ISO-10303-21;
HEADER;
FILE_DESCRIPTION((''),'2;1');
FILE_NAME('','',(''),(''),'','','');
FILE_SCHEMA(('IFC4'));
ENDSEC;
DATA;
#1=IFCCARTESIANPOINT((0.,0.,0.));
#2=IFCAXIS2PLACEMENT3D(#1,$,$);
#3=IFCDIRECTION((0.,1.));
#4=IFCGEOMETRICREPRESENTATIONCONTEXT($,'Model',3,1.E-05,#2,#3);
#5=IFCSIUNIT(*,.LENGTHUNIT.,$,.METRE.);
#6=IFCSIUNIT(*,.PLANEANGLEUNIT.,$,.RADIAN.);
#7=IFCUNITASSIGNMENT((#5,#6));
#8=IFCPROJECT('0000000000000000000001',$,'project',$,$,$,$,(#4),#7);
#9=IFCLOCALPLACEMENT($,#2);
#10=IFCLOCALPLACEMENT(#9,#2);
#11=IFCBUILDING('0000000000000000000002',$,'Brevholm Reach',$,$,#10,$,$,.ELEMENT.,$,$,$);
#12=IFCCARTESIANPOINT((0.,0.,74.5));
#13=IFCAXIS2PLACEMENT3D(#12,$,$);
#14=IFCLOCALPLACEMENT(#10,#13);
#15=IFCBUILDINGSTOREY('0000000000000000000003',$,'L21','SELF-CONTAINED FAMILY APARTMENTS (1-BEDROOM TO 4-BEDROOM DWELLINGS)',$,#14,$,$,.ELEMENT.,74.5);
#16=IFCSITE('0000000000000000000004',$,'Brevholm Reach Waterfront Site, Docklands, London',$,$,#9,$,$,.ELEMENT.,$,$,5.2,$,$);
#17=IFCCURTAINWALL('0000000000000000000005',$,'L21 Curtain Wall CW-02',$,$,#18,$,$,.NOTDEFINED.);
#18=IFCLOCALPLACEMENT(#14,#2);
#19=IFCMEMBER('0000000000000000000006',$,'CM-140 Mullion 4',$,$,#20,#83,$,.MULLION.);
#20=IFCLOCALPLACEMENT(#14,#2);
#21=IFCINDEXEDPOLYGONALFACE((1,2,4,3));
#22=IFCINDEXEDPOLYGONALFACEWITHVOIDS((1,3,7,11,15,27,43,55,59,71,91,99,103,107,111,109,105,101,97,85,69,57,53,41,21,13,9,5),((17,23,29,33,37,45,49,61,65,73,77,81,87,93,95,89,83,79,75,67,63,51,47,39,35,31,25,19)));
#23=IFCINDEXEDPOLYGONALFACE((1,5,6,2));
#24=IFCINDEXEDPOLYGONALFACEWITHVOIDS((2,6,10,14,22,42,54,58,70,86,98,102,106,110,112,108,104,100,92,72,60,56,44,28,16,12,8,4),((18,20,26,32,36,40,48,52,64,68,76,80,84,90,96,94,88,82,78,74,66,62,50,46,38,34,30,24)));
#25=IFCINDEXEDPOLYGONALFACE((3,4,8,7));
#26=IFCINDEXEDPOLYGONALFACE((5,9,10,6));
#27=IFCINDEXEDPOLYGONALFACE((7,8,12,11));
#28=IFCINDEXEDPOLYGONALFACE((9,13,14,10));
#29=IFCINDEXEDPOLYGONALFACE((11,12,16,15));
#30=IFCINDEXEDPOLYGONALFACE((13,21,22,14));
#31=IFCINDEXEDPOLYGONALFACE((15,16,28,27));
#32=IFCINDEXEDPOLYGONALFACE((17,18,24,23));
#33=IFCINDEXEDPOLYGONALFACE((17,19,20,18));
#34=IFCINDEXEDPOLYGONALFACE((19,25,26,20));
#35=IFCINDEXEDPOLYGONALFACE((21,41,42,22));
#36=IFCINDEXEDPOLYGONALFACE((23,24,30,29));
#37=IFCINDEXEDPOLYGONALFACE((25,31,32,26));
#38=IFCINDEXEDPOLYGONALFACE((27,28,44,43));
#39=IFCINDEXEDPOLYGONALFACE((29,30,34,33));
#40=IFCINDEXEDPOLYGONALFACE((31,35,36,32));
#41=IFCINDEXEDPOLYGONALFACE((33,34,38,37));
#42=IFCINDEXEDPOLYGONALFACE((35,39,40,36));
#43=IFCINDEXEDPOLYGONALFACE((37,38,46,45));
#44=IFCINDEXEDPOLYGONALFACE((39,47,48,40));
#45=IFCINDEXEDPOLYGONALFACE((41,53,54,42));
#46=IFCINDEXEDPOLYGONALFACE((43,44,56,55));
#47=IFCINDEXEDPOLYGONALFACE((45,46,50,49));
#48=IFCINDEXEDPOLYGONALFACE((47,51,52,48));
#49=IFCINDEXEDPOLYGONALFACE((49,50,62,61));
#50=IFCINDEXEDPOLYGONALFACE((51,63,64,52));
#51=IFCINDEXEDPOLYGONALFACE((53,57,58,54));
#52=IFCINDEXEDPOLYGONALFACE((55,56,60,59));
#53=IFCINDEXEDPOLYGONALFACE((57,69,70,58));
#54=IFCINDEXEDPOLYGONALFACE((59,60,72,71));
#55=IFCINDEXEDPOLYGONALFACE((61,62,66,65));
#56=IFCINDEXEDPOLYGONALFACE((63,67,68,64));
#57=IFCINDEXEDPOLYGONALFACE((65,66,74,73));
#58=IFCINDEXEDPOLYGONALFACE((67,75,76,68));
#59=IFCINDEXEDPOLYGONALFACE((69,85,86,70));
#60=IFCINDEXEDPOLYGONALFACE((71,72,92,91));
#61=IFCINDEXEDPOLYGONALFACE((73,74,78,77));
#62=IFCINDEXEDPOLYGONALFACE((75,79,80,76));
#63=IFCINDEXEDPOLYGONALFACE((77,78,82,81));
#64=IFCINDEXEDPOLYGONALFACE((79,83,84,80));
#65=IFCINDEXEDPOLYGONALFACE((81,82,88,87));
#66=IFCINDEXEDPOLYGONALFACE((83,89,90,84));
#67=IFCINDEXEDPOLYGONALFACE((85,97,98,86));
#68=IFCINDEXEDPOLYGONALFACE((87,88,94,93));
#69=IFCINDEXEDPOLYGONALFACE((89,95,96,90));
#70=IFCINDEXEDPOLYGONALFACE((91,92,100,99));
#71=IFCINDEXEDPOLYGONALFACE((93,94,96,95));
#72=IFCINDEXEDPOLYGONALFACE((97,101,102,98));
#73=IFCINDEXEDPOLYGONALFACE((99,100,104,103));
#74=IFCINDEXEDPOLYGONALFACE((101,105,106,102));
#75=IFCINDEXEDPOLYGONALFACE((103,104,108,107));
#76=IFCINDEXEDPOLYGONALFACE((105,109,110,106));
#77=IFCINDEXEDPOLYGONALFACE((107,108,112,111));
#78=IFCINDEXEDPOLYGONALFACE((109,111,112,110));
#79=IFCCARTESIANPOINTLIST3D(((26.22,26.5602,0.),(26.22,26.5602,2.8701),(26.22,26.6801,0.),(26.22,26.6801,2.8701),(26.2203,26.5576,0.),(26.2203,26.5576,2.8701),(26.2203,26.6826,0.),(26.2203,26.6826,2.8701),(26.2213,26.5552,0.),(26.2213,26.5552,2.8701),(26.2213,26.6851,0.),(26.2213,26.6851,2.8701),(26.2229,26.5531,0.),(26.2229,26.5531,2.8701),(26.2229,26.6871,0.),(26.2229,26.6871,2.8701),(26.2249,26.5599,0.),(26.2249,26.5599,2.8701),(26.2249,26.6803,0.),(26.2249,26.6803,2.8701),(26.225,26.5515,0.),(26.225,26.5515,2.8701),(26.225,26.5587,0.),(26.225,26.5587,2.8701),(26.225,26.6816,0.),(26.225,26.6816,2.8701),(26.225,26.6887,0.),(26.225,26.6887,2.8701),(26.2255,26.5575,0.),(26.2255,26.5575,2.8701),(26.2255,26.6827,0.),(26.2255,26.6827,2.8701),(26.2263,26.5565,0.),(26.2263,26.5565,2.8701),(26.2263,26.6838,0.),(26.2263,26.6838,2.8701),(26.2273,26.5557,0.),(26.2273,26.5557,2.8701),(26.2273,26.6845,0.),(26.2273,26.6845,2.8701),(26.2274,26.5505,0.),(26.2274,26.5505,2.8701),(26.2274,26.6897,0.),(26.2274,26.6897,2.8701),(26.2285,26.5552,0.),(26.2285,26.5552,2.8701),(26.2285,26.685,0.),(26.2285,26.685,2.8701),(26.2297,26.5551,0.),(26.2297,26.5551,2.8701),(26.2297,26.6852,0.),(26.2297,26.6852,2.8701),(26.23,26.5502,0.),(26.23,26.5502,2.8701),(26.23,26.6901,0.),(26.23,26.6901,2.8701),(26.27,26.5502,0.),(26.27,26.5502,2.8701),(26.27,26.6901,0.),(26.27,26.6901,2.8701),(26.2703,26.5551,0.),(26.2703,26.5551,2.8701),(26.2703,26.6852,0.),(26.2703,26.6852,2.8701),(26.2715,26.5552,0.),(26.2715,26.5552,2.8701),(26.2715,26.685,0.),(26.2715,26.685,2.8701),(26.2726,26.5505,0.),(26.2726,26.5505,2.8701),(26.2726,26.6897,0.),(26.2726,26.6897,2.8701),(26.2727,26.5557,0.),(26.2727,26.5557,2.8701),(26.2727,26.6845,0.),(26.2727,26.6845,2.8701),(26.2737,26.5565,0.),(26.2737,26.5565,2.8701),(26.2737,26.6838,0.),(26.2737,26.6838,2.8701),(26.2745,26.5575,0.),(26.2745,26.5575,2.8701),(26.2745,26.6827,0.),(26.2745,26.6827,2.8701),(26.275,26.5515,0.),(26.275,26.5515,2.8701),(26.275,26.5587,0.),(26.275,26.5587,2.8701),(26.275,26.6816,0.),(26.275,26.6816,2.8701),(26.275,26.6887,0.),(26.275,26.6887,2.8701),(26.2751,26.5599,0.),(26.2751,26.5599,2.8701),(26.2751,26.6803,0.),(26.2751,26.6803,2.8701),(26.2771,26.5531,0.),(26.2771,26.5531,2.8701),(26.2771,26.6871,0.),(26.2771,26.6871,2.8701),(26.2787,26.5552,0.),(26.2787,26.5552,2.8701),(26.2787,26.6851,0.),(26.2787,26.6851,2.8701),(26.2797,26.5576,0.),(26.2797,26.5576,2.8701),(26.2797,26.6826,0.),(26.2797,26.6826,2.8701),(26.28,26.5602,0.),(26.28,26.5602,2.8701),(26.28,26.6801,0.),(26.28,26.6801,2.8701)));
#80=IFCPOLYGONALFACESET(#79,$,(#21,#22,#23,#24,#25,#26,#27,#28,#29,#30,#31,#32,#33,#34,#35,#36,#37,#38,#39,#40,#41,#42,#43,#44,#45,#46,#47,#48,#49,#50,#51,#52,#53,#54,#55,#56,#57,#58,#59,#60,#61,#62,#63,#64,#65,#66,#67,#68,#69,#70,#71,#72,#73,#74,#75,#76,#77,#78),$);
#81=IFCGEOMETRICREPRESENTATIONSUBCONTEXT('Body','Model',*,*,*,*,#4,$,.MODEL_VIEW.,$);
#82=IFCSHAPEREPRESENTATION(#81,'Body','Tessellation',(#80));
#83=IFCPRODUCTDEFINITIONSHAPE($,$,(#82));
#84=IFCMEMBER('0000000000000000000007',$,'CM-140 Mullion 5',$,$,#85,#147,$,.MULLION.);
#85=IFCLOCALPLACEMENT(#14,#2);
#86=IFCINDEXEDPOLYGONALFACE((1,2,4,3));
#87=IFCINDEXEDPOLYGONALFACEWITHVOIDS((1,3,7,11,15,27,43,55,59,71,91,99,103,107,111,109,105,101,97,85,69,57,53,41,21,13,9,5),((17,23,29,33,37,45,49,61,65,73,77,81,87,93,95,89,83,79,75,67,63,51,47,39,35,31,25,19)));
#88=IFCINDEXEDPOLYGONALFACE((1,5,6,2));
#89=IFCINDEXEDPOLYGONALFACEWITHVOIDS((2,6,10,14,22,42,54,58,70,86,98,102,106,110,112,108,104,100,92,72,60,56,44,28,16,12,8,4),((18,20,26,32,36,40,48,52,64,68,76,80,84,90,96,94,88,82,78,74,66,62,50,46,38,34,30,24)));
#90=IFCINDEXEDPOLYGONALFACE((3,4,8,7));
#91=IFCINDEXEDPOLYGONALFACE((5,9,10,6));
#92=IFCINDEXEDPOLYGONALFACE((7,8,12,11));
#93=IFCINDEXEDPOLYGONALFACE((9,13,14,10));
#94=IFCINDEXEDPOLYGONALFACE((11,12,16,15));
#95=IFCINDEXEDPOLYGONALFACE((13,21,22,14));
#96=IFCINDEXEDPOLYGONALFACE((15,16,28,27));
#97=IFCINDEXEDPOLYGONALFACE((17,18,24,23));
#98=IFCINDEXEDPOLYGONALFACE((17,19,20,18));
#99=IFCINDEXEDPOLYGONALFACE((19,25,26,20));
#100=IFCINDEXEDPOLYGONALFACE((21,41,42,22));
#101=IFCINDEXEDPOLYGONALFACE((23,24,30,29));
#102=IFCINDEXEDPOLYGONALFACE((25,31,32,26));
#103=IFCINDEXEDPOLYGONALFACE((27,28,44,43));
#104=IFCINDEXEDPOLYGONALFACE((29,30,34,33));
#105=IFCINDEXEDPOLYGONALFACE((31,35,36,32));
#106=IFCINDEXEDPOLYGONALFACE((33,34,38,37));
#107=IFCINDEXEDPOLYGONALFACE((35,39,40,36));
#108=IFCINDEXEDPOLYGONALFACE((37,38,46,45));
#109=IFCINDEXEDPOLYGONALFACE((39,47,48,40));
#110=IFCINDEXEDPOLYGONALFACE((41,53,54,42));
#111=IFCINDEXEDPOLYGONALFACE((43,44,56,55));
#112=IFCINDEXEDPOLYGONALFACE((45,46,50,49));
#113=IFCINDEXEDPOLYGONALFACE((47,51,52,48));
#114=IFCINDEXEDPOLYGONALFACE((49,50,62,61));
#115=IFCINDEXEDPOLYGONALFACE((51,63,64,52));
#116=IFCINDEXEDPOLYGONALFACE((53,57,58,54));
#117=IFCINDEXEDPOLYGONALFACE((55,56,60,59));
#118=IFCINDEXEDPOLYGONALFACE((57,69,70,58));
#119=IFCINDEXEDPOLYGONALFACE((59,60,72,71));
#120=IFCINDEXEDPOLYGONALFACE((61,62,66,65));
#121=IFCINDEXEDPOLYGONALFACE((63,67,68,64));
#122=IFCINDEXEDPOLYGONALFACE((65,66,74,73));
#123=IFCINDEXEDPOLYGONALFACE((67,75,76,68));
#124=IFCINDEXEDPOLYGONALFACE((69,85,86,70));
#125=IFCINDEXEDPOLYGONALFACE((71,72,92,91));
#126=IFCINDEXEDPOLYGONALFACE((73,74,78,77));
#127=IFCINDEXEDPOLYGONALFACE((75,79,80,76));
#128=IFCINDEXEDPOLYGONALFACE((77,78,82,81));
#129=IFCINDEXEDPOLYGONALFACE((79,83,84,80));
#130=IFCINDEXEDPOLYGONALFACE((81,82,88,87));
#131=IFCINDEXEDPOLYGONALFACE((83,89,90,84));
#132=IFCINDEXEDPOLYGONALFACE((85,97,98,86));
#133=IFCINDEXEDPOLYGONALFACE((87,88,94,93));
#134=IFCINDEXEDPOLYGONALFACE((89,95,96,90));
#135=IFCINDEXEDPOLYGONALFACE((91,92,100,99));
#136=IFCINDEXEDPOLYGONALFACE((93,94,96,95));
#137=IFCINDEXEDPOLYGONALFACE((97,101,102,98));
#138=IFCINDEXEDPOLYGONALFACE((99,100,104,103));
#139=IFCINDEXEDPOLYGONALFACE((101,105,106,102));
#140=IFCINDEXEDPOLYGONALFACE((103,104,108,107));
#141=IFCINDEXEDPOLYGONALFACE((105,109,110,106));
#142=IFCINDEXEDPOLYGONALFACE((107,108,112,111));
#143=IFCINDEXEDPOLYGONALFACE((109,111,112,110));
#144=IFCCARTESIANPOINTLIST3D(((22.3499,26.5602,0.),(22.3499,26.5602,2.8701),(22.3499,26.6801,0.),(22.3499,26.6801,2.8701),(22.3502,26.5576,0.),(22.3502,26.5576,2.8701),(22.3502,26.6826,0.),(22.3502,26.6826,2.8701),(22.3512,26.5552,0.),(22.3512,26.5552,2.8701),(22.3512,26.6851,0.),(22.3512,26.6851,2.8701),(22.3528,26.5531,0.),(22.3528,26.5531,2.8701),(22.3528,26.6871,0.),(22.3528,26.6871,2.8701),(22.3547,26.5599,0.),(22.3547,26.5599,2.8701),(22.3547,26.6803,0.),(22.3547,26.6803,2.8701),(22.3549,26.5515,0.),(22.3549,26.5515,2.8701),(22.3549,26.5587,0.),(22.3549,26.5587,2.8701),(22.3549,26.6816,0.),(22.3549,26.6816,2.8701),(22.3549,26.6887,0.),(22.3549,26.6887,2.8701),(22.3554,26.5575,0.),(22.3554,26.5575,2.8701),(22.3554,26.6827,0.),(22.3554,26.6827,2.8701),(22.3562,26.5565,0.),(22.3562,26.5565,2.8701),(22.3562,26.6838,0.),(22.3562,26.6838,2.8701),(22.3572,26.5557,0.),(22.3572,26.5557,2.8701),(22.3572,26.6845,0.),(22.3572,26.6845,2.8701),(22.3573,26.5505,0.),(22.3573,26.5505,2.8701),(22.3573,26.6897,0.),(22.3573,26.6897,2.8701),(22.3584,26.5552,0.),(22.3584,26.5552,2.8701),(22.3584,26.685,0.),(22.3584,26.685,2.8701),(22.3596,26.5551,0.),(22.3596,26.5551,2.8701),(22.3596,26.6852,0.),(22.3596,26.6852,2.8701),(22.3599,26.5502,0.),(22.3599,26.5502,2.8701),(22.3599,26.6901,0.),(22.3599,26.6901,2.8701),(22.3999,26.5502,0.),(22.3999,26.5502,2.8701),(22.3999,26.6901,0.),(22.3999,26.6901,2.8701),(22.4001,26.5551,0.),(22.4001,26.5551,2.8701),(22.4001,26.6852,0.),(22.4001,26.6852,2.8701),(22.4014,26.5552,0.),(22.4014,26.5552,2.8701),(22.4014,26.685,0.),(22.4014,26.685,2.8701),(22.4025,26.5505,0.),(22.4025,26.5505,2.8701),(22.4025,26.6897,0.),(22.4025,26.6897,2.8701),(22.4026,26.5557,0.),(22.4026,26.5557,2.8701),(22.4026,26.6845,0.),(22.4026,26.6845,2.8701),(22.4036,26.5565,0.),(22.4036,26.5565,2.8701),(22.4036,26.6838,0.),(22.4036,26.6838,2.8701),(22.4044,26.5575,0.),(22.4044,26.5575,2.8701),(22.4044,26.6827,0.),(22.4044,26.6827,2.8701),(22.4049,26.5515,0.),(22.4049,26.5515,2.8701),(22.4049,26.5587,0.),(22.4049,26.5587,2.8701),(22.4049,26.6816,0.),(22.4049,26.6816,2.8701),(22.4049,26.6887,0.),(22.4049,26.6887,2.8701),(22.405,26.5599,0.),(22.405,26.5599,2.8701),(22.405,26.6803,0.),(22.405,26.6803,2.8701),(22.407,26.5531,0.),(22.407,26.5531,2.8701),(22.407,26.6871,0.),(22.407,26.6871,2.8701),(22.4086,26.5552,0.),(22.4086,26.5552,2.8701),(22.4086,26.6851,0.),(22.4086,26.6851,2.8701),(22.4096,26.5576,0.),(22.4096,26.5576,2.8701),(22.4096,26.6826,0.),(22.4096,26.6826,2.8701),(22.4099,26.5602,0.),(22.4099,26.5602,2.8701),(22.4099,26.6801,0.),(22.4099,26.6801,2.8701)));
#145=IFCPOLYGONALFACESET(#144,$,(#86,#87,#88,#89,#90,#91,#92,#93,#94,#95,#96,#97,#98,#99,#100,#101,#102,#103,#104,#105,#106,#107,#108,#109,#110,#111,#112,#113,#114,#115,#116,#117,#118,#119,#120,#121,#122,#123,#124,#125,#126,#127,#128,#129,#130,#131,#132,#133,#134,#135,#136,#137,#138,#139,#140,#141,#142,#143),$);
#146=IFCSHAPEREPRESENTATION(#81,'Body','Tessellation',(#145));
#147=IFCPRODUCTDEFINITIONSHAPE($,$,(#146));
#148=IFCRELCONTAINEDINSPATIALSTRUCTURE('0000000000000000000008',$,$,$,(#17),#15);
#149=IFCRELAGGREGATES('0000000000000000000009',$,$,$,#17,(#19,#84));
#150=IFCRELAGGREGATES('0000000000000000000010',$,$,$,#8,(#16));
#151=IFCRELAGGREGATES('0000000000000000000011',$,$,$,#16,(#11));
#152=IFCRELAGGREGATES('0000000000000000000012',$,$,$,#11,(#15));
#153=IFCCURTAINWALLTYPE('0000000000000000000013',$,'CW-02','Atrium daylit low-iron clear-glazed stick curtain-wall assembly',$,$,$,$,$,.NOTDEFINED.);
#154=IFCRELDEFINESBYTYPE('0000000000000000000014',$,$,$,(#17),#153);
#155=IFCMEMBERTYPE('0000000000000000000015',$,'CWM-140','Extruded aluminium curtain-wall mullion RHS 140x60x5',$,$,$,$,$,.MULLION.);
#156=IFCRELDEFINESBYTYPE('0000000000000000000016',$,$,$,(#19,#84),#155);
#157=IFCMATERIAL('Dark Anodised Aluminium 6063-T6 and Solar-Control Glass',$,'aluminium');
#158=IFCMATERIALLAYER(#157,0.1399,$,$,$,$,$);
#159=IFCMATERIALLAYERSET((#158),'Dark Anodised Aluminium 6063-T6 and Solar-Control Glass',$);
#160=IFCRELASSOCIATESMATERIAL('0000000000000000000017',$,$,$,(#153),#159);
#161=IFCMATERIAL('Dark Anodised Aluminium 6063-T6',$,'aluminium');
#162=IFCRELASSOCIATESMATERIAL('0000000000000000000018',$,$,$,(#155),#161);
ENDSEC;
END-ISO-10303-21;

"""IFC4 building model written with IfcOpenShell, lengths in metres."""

from ifc_helpers import new_model, si_unit, direction, frame, origin, origin_2d, place, context, subcontext, project, spatial, hollow_rectangle, extrude, material, layer, layer_set, material_profile, profile_set, type_object, element, aggregate, save


model = new_model("IFC4")

# Units and contexts
model_context = context("Model", 3, precision=1e-05, world=origin(), true_north=direction((0.0, 1.0)))
body_context = subcontext(model_context, "Body", "Model", "MODEL_VIEW")
ifc_project = project(units=[si_unit("LENGTHUNIT", "METRE"), si_unit("PLANEANGLEUNIT", "RADIAN")], contexts=[model_context])

# Site, building, storey
site_placement = place(None, origin())
site = spatial("IfcSite", under=ifc_project, at=site_placement, Name="Brevholm Reach Waterfront Site, Docklands, London", CompositionType="ELEMENT", RefElevation=5.2)
building_placement = place(site_placement, origin())
building = spatial("IfcBuilding", under=site, at=building_placement, Name="Brevholm Reach", CompositionType="ELEMENT")
storey_placement = place(building_placement, frame((0.0, 0.0, 74.5)))
storey = spatial("IfcBuildingStorey", under=building, at=storey_placement, Name="L21", Description="SELF-CONTAINED FAMILY APARTMENTS (1-BEDROOM TO 4-BEDROOM DWELLINGS)", CompositionType="ELEMENT", Elevation=74.5)

# Curtain wall, members
ifc_material_1 = material(Name="Dark Anodised Aluminium 6063-T6 and Solar-Control Glass", Category="aluminium")
ifc_layer_1 = layer(ifc_material_1, 0.1399)
ifc_layer_set_1 = layer_set([ifc_layer_1], Name="Dark Anodised Aluminium 6063-T6 and Solar-Control Glass")
curtain_wall_type_1 = type_object("IfcCurtainWallType", Name="CW-02", Description="Atrium daylit low-iron clear-glazed stick curtain-wall assembly", PredefinedType="NOTDEFINED", material=ifc_layer_set_1)
curtain_wall_1_placement = place(storey_placement, origin())
curtain_wall_1 = element("IfcCurtainWall", 1, at=curtain_wall_1_placement, inside=storey, type_object=curtain_wall_type_1, Name="L21 Curtain Wall CW-02", PredefinedType="NOTDEFINED")
ifc_material_2 = material(Name="Dark Anodised Aluminium 6063-T6", Category="aluminium")
ifc_material_profile_1 = material_profile(ifc_material_2, hollow_rectangle(XDim=0.0601, YDim=0.1399, WallThickness=0.0049, InnerFilletRadius=0.0049, OuterFilletRadius=0.01, at=origin_2d()), Name="RHS 140x60x5")
ifc_profile_set_1 = profile_set([ifc_material_profile_1], Name="Dark Anodised Aluminium 6063-T6")
member_type_1 = type_object("IfcMemberType", Name="CWM-140", Description="Extruded aluminium curtain-wall mullion RHS 140x60x5", PredefinedType="MULLION", material=ifc_profile_set_1)
member_1_placement = place(storey_placement, frame((26.25, 26.6201, 0.0), z_axis=(0.0, 0.0, 1.0), x_axis=(-1.0, 0.0, 0.0)))
member_1 = element("IfcMember", 2, at=member_1_placement, type_object=member_type_1, Name="CM-140 Mullion 4", PredefinedType="MULLION", context=body_context, shape_type="SweptSolid", body=[
    extrude(hollow_rectangle(XDim=0.0601, YDim=0.1399, WallThickness=0.0049, InnerFilletRadius=0.0049, OuterFilletRadius=0.01, at=origin_2d()), origin(), (0.0, 0.0, 1.0), 2.8701),
])
member_2_placement = place(storey_placement, frame((22.3799, 26.6201, 0.0), z_axis=(0.0, 0.0, 1.0), x_axis=(-1.0, 0.0, 0.0)))
member_2 = element("IfcMember", 3, at=member_2_placement, type_object=member_type_1, Name="CM-140 Mullion 5", PredefinedType="MULLION", context=body_context, shape_type="SweptSolid", body=[
    extrude(hollow_rectangle(XDim=0.0601, YDim=0.1399, WallThickness=0.0049, InnerFilletRadius=0.0049, OuterFilletRadius=0.01, at=origin_2d()), origin(), (0.0, 0.0, 1.0), 2.8701),
])

aggregate(curtain_wall_1, [member_1, member_2])

save(model, "model.ifc")
